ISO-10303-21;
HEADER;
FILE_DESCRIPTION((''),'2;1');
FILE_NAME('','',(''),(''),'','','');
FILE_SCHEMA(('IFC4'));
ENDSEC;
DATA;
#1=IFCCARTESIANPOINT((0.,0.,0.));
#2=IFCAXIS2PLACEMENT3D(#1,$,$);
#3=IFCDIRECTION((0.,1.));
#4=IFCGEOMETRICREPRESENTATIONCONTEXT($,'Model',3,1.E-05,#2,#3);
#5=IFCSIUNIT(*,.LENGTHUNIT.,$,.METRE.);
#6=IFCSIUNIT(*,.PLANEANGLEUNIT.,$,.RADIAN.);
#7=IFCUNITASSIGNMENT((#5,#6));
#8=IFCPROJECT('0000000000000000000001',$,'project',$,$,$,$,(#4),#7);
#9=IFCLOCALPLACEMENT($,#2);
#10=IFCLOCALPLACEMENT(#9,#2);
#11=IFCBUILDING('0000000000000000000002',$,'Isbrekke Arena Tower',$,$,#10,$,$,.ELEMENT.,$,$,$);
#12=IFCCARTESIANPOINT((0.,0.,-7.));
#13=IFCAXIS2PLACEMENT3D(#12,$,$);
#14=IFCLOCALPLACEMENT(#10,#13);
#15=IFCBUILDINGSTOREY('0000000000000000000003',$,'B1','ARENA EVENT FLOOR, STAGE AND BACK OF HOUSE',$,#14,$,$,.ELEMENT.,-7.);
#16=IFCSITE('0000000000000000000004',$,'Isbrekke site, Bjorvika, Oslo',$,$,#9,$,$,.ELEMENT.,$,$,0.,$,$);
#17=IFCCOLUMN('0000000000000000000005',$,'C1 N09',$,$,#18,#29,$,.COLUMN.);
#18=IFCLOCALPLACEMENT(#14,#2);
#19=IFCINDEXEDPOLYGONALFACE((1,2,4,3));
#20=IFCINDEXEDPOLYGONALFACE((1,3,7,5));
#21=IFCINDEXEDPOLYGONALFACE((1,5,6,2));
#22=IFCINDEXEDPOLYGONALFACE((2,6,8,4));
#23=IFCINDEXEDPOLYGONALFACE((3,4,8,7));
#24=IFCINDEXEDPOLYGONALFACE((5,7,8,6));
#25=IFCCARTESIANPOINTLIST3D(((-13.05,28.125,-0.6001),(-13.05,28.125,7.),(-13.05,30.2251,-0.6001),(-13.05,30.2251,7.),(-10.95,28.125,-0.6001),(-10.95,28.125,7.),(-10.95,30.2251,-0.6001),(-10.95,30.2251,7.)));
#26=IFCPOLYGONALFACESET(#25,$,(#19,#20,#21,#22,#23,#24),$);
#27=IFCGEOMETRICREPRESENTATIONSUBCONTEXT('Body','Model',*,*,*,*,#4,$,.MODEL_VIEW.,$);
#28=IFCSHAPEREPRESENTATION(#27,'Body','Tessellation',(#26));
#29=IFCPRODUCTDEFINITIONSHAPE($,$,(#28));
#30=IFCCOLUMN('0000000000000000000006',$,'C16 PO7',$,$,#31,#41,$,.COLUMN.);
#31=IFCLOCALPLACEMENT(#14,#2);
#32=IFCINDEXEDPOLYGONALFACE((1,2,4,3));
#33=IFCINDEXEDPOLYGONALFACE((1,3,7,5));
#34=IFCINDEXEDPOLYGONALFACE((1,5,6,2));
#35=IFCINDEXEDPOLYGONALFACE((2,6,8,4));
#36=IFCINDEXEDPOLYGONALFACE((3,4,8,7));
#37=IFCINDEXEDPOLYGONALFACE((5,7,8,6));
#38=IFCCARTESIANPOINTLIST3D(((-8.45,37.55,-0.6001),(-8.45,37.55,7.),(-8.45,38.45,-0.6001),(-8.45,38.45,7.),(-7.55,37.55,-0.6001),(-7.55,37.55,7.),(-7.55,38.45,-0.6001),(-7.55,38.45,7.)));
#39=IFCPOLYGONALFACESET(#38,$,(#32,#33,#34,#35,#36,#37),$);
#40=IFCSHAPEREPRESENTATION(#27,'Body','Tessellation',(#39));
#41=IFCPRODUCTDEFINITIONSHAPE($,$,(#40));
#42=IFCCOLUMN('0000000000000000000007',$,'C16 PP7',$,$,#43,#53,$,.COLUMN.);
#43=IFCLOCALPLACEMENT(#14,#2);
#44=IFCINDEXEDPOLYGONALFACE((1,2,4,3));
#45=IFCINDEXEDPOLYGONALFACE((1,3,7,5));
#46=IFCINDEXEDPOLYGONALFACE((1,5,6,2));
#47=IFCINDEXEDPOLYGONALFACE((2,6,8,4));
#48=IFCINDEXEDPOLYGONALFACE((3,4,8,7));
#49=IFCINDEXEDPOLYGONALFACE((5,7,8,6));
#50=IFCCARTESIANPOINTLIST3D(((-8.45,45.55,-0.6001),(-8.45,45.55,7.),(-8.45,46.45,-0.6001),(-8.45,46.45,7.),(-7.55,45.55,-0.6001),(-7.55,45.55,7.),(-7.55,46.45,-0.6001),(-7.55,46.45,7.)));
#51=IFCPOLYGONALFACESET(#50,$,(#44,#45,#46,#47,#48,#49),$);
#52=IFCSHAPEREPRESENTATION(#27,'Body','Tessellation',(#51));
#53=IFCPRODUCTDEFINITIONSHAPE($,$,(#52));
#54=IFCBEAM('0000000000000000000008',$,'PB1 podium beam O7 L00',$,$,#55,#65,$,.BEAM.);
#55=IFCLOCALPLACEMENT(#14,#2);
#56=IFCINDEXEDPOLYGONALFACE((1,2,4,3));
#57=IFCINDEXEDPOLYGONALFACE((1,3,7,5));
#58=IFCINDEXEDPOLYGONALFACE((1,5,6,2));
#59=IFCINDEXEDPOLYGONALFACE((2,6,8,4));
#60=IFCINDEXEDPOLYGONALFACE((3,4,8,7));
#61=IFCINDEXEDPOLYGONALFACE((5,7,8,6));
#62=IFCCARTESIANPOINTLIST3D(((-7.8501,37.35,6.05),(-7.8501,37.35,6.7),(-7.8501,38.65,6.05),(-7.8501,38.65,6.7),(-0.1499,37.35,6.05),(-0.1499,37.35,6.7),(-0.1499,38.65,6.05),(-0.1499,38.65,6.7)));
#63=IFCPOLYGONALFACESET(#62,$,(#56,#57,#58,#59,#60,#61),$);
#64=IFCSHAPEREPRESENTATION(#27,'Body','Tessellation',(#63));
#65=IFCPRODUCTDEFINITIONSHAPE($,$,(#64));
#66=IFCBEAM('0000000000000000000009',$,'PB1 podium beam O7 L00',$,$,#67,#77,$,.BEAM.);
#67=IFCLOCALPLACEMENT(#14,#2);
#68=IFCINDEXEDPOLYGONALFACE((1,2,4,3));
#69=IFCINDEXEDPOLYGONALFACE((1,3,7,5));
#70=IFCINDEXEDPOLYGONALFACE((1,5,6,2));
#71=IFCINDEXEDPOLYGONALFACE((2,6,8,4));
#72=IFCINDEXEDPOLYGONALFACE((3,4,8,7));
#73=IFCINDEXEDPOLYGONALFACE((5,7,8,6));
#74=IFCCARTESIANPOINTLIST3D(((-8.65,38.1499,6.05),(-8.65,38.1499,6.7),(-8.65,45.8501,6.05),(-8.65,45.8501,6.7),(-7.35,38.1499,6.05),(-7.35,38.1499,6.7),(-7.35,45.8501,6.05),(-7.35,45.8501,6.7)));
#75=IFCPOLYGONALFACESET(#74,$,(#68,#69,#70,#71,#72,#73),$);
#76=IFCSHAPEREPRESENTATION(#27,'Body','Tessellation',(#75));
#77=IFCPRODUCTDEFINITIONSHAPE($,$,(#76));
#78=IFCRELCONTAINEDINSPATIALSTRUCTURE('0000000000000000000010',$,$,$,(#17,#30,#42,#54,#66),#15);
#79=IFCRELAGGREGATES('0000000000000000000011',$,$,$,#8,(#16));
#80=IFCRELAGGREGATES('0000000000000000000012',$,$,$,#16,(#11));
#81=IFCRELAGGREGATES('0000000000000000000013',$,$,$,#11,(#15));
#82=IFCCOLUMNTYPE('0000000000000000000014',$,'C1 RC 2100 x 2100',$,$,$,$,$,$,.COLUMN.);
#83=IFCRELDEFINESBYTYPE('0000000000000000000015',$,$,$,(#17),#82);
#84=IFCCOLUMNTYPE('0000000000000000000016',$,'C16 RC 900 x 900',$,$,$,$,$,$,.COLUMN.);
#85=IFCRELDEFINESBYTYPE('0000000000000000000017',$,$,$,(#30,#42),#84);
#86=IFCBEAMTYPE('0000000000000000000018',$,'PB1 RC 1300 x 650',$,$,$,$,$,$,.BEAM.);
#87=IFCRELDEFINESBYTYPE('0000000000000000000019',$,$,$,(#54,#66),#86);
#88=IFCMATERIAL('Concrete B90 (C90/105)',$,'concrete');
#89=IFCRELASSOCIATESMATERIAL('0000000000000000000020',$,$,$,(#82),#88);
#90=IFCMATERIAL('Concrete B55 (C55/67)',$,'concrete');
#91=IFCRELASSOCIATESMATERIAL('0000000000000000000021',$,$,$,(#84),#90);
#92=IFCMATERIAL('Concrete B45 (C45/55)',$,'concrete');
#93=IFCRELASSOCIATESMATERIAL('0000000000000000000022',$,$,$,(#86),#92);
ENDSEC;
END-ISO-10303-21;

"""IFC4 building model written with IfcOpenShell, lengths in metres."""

from ifc_helpers import new_model, si_unit, direction, frame, origin, origin_2d, place, context, subcontext, project, spatial, rectangle, extrude, material, material_profile, profile_set, type_object, element, save


model = new_model("IFC4")

# Units and contexts
model_context = context("Model", 3, precision=1e-05, world=origin(), true_north=direction((0.0, 1.0)))
body_context = subcontext(model_context, "Body", "Model", "MODEL_VIEW")
ifc_project = project(units=[si_unit("LENGTHUNIT", "METRE"), si_unit("PLANEANGLEUNIT", "RADIAN")], contexts=[model_context])

# Site, building, storey
site_placement = place(None, origin())
site = spatial("IfcSite", under=ifc_project, at=site_placement, Name="Isbrekke site, Bjorvika, Oslo", CompositionType="ELEMENT", RefElevation=0.0)
building_placement = place(site_placement, origin())
building = spatial("IfcBuilding", under=site, at=building_placement, Name="Isbrekke Arena Tower", CompositionType="ELEMENT")
storey_placement = place(building_placement, frame((0.0, 0.0, -7.0)))
storey = spatial("IfcBuildingStorey", under=building, at=storey_placement, Name="B1", Description="ARENA EVENT FLOOR, STAGE AND BACK OF HOUSE", CompositionType="ELEMENT", Elevation=-7.0)

# Columns
ifc_material_1 = material(Name="Concrete B90 (C90/105)", Category="concrete")
ifc_material_profile_1 = material_profile(ifc_material_1, rectangle(XDim=2.1001, YDim=2.1001, at=origin_2d()), Name="RC 2100x2100")
ifc_profile_set_1 = profile_set([ifc_material_profile_1], Name="Concrete B90 (C90/105)")
column_type_1 = type_object("IfcColumnType", Name="C1 RC 2100 x 2100", PredefinedType="COLUMN", material=ifc_profile_set_1)
for number, where, z_axis, x_axis, name in (
    (1, (-12.0, 29.175, -0.6001), (0.0, 0.0, 1.0), (-1.0, 0.0, 0.0), "C1 N09"),
):
    element("IfcColumn", number, at=place(storey_placement, frame(where, z_axis=z_axis, x_axis=x_axis)), inside=storey, type_object=column_type_1, Name=name, PredefinedType="COLUMN", context=body_context, shape_type="SweptSolid", body=[
        extrude(rectangle(XDim=2.1001, YDim=2.1001, at=origin_2d()), origin(), (0.0, 0.0, 1.0), 7.6001),
    ])
ifc_material_2 = material(Name="Concrete B55 (C55/67)", Category="concrete")
ifc_material_profile_2 = material_profile(ifc_material_2, rectangle(XDim=0.8999, YDim=0.8999, at=origin_2d()), Name="RC 900x900")
ifc_profile_set_2 = profile_set([ifc_material_profile_2], Name="Concrete B55 (C55/67)")
column_type_2 = type_object("IfcColumnType", Name="C16 RC 900 x 900", PredefinedType="COLUMN", material=ifc_profile_set_2)
for number, where, z_axis, x_axis, name in (
    (2, (-8.0, 38.0, -0.6001), (0.0, 0.0, 1.0), (1.0, 0.0, 0.0), "C16 PO7"),
    (3, (-8.0, 46.0, -0.6001), (0.0, 0.0, 1.0), (1.0, 0.0, 0.0), "C16 PP7"),
):
    element("IfcColumn", number, at=place(storey_placement, frame(where, z_axis=z_axis, x_axis=x_axis)), inside=storey, type_object=column_type_2, Name=name, PredefinedType="COLUMN", context=body_context, shape_type="SweptSolid", body=[
        extrude(rectangle(XDim=0.8999, YDim=0.8999, at=origin_2d()), origin(), (0.0, 0.0, 1.0), 7.6001),
    ])

# Beams
ifc_material_3 = material(Name="Concrete B45 (C45/55)", Category="concrete")
ifc_material_profile_3 = material_profile(ifc_material_3, rectangle(XDim=1.3, YDim=0.6499, at=origin_2d()), Name="RC 1300x650")
ifc_profile_set_3 = profile_set([ifc_material_profile_3], Name="Concrete B45 (C45/55)")
beam_type = type_object("IfcBeamType", Name="PB1 RC 1300 x 650", PredefinedType="BEAM", material=ifc_profile_set_3)
for number, where, z_axis, x_axis, name in (
    (4, (-7.8501, 38.0, 6.375), (1.0, 0.0, 0.0), (0.0, 1.0, 0.0), "PB1 podium beam O7 L00"),
    (5, (-8.0, 38.1499, 6.375), (0.0, 1.0, 0.0), (-1.0, 0.0, 0.0), "PB1 podium beam O7 L00"),
):
    element("IfcBeam", number, at=place(storey_placement, frame(where, z_axis=z_axis, x_axis=x_axis)), inside=storey, type_object=beam_type, Name=name, PredefinedType="BEAM", context=body_context, shape_type="SweptSolid", body=[
        extrude(rectangle(XDim=1.3, YDim=0.6499, at=origin_2d()), origin(), (0.0, 0.0, 1.0), 7.7002),
    ])

save(model, "model.ifc")
